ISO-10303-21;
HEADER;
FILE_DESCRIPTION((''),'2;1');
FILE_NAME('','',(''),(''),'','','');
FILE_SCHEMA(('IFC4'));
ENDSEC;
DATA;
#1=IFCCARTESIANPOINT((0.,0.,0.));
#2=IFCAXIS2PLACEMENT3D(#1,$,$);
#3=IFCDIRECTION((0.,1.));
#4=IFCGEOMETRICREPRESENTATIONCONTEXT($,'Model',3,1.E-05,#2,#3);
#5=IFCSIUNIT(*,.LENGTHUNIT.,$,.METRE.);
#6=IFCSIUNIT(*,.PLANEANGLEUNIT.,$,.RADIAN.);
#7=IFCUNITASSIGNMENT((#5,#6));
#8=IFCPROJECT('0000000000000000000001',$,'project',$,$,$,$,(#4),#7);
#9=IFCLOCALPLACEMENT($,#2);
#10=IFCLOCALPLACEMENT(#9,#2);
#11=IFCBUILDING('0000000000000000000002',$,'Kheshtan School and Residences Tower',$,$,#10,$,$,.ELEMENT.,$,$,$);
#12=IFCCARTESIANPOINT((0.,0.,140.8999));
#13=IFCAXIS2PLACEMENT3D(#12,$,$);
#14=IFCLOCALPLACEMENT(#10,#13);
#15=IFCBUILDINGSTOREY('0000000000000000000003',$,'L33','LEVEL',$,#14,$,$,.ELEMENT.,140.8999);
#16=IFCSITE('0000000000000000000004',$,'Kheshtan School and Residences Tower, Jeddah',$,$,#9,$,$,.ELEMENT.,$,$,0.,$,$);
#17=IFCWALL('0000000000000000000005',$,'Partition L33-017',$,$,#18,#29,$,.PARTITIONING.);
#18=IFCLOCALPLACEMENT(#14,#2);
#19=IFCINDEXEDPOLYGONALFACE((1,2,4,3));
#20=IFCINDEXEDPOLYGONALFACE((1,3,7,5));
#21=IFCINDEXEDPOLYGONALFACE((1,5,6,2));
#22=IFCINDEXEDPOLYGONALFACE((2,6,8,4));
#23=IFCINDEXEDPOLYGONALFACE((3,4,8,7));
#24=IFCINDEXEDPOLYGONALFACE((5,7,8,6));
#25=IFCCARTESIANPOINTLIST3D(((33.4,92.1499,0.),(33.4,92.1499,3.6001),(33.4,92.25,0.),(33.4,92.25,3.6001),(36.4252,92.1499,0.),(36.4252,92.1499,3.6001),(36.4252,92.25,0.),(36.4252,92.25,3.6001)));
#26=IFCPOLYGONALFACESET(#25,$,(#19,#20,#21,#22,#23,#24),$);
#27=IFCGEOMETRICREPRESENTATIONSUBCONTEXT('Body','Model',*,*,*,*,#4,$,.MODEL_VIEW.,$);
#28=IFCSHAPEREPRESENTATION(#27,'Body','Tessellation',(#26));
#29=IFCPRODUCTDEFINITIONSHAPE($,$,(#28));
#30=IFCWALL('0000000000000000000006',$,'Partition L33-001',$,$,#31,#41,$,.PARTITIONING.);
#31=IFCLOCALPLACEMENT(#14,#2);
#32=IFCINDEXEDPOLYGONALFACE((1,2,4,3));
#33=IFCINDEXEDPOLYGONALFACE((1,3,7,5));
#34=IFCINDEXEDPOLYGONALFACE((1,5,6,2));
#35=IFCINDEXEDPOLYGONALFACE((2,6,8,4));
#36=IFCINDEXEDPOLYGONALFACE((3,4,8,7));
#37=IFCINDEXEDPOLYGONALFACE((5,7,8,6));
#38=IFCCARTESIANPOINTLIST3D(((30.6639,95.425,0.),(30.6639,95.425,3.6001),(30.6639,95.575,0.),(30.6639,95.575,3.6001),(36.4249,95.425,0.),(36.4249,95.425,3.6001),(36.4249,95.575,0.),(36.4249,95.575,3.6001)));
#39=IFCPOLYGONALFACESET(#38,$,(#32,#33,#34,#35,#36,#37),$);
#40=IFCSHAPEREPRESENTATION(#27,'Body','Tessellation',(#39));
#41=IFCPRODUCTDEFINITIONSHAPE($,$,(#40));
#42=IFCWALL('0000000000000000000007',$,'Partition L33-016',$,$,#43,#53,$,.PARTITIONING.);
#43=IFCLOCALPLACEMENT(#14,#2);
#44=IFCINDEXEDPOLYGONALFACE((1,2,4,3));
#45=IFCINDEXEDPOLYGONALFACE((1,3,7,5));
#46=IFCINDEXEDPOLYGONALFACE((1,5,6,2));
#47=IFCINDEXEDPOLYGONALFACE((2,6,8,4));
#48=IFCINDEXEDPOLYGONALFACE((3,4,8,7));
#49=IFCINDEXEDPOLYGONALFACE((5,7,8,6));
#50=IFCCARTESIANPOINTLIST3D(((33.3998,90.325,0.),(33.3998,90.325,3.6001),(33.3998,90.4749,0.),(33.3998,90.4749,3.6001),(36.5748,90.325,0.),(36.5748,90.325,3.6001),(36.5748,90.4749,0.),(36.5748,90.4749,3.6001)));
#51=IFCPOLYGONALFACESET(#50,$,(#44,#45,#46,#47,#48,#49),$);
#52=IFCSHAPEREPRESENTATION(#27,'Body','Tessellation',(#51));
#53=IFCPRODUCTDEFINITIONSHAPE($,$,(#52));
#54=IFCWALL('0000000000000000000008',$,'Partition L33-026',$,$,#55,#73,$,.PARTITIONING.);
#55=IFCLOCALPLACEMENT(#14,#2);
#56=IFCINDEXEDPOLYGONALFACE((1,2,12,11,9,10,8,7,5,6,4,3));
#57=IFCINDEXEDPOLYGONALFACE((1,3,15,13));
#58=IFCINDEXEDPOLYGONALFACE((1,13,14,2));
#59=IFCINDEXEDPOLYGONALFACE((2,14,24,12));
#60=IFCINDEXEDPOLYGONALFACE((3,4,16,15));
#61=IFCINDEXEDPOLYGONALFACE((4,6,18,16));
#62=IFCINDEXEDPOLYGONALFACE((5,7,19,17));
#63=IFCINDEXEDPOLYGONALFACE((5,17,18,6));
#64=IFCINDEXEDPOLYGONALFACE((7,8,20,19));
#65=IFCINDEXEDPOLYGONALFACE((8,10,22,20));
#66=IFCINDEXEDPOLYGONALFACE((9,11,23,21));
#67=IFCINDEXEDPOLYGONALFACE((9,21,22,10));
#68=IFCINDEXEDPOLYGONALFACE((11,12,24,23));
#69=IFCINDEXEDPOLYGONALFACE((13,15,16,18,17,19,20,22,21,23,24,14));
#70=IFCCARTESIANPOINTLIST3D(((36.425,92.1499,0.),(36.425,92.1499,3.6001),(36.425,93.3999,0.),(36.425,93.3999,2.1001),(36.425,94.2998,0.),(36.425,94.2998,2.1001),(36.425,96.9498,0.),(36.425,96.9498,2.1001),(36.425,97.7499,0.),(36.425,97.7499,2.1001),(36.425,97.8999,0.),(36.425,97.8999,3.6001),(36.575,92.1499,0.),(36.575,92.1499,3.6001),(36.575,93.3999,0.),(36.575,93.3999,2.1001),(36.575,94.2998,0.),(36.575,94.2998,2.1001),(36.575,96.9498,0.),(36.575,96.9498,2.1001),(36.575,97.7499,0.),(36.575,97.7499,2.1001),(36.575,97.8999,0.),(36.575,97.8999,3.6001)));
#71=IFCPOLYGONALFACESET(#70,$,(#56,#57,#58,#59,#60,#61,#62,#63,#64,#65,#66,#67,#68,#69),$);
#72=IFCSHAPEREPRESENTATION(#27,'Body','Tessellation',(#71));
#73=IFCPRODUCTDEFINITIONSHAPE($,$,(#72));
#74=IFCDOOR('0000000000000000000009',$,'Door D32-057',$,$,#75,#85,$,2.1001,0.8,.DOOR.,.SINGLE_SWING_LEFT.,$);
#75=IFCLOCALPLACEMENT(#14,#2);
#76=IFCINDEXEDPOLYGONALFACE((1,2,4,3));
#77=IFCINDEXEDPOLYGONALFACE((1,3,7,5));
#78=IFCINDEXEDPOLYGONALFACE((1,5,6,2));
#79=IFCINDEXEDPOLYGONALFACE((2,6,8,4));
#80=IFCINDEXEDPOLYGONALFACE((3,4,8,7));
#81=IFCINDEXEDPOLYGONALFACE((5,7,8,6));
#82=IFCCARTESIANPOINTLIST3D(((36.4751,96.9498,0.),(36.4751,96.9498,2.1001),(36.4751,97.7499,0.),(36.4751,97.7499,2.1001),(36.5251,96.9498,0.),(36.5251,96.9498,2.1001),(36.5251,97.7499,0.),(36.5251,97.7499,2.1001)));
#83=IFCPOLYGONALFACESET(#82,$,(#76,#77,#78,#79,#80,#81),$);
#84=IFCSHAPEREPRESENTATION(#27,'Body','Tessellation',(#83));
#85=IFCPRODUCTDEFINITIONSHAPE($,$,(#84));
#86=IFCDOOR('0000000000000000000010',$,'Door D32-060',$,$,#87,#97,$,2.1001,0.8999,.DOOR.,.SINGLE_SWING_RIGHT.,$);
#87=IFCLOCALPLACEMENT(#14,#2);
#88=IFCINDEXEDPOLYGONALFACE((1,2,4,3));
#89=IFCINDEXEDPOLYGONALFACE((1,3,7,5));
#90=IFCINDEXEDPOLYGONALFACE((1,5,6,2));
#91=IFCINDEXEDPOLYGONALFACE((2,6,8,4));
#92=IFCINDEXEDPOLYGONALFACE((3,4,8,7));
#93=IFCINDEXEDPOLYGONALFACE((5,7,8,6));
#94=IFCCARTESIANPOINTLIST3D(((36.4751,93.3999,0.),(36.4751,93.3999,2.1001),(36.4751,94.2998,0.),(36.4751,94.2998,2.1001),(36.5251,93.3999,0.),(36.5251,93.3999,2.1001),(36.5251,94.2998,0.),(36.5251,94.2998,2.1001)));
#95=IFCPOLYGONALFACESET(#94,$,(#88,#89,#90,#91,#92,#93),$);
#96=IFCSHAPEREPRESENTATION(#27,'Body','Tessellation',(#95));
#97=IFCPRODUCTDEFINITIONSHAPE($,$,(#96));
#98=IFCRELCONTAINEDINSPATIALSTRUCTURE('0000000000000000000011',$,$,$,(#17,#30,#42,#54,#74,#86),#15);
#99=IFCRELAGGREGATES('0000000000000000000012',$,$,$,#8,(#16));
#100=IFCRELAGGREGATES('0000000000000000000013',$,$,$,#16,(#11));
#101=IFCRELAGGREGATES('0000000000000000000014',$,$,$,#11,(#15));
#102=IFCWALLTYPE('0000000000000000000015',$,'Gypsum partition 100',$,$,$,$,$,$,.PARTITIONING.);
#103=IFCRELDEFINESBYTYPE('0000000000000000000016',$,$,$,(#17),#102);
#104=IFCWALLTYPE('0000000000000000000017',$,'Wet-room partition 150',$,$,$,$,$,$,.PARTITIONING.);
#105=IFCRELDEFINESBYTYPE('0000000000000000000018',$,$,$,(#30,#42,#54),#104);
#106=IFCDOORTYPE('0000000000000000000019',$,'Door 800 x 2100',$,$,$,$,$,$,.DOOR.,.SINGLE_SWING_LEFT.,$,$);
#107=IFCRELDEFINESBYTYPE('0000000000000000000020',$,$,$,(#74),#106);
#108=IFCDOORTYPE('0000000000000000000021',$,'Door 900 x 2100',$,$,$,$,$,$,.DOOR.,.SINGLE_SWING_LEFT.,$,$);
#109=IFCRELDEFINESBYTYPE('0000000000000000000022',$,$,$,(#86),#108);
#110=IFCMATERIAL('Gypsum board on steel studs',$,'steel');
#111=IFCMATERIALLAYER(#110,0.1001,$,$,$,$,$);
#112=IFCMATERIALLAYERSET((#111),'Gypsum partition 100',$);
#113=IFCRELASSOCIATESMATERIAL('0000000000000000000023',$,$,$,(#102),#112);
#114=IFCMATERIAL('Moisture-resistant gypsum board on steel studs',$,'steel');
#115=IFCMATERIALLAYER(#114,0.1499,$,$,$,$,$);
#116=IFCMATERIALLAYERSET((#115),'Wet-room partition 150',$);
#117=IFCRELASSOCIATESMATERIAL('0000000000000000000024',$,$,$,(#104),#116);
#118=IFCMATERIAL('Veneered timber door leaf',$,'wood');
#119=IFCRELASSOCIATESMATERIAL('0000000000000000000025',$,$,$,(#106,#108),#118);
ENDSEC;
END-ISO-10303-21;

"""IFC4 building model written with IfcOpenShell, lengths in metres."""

from ifc_helpers import new_model, si_unit, direction, frame, frame_2d, origin, place, context, subcontext, project, spatial, rectangle, extrude, source, transform, mapped, material, layer, layer_set, type_object, element, fill, save


model = new_model("IFC4")

# Units and contexts
model_context = context("Model", 3, precision=1e-05, world=origin(), true_north=direction((0.0, 1.0)))
body_context = subcontext(model_context, "Body", "Model", "MODEL_VIEW")
ifc_project = project(units=[si_unit("LENGTHUNIT", "METRE"), si_unit("PLANEANGLEUNIT", "RADIAN")], contexts=[model_context])

# Site, building, storey
site_placement = place(None, origin())
site = spatial("IfcSite", under=ifc_project, at=site_placement, Name="Kheshtan School and Residences Tower, Jeddah", CompositionType="ELEMENT", RefElevation=0.0)
building_placement = place(site_placement, origin())
building = spatial("IfcBuilding", under=site, at=building_placement, Name="Kheshtan School and Residences Tower", CompositionType="ELEMENT")
storey_placement = place(building_placement, frame((0.0, 0.0, 140.8999)))
storey = spatial("IfcBuildingStorey", under=building, at=storey_placement, Name="L33", Description="LEVEL", CompositionType="ELEMENT", Elevation=140.8999)

# Walls
ifc_material_1 = material(Name="Gypsum board on steel studs", Category="steel")
ifc_layer_1 = layer(ifc_material_1, 0.1001)
ifc_layer_set_1 = layer_set([ifc_layer_1], Name="Gypsum partition 100")
wall_type_1 = type_object("IfcWallType", Name="Gypsum partition 100", PredefinedType="PARTITIONING", material=ifc_layer_set_1)
wall_1_placement = place(storey_placement, frame((33.3999, 92.2, 0.0), z_axis=(0.0, 0.0, 1.0), x_axis=(1.0, 0.0, 0.0)))
element("IfcWall", 1, at=wall_1_placement, inside=storey, type_object=wall_type_1, Name="Partition L33-017", PredefinedType="PARTITIONING", context=body_context, shape_type="SweptSolid", body=[
    extrude(rectangle(XDim=3.0251, YDim=0.1001, at=frame_2d((1.5127, 0.0))), origin(), (0.0, 0.0, 1.0), 3.6001),
])
ifc_material_2 = material(Name="Moisture-resistant gypsum board on steel studs", Category="steel")
ifc_layer_2 = layer(ifc_material_2, 0.1499)
ifc_layer_set_2 = layer_set([ifc_layer_2], Name="Wet-room partition 150")
wall_type_2 = type_object("IfcWallType", Name="Wet-room partition 150", PredefinedType="PARTITIONING", material=ifc_layer_set_2)
wall_2_placement = place(storey_placement, frame((30.6641, 95.5, 0.0), z_axis=(0.0, 0.0, 1.0), x_axis=(1.0, 0.0, 0.0)))
element("IfcWall", 2, at=wall_2_placement, inside=storey, type_object=wall_type_2, Name="Partition L33-001", PredefinedType="PARTITIONING", context=body_context, shape_type="SweptSolid", body=[
    extrude(rectangle(XDim=5.761, YDim=0.1499, at=frame_2d((2.8804, 0.0))), origin(), (0.0, 0.0, 1.0), 3.6001),
])
wall_3_placement = place(storey_placement, frame((33.3999, 90.3999, 0.0), z_axis=(0.0, 0.0, 1.0), x_axis=(1.0, 0.0, 0.0)))
element("IfcWall", 3, at=wall_3_placement, inside=storey, type_object=wall_type_2, Name="Partition L33-016", PredefinedType="PARTITIONING", context=body_context, shape_type="SweptSolid", body=[
    extrude(rectangle(XDim=3.175, YDim=0.1499, at=frame_2d((1.5874, 0.0))), origin(), (0.0, 0.0, 1.0), 3.6001),
])

# Wall, openings, doors
wall_4_placement = place(storey_placement, frame((36.5, 92.1499, 0.0), z_axis=(0.0, 0.0, 1.0), x_axis=(0.0, 1.0, 0.0)))
wall_4 = element("IfcWall", 4, at=wall_4_placement, inside=storey, type_object=wall_type_2, Name="Partition L33-026", PredefinedType="PARTITIONING", context=body_context, shape_type="SweptSolid", body=[
    extrude(rectangle(XDim=5.75, YDim=0.1499, at=frame_2d((2.875, 0.0))), origin(), (0.0, 0.0, 1.0), 3.6001),
])
opening_1_placement = place(wall_4_placement, frame((4.8, 0.0, 0.0)))
opening_1 = element("IfcOpeningElement", 5, at=opening_1_placement, cuts=wall_4, PredefinedType="OPENING", context=body_context, shape_type="SweptSolid", body=[
    extrude(rectangle(XDim=0.8, YDim=2.1001, at=frame_2d((0.3999, 1.05))), frame((0.0, 0.085, 0.0), z_axis=(0.0, -1.0, 0.0), x_axis=(1.0, 0.0, 0.0)), (0.0, 0.0, 1.0), 0.1699),
])
opening_2_placement = place(wall_4_placement, frame((1.25, 0.0, 0.0)))
opening_2 = element("IfcOpeningElement", 6, at=opening_2_placement, cuts=wall_4, PredefinedType="OPENING", context=body_context, shape_type="SweptSolid", body=[
    extrude(rectangle(XDim=0.8999, YDim=2.1001, at=frame_2d((0.45, 1.05))), frame((0.0, 0.085, 0.0), z_axis=(0.0, -1.0, 0.0), x_axis=(1.0, 0.0, 0.0)), (0.0, 0.0, 1.0), 0.1699),
])
ifc_material_3 = material(Name="Veneered timber door leaf", Category="wood")
door_type_1 = type_object("IfcDoorType", Name="Door 800 x 2100", OperationType="SINGLE_SWING_LEFT", PredefinedType="DOOR", material=ifc_material_3)
shared_shape_1 = source(origin(), body_context, "Body", "SweptSolid", [
    extrude(rectangle(XDim=0.8, YDim=2.1001, at=frame_2d((0.3999, 1.05))), frame((0.0, 0.0249, 0.0), z_axis=(0.0, -1.0, 0.0), x_axis=(1.0, 0.0, 0.0)), (0.0, 0.0, 1.0), 0.05),
])
door_1_placement = place(opening_1_placement, origin())
door_1 = element("IfcDoor", 7, at=door_1_placement, inside=storey, type_object=door_type_1, Name="Door D32-057", OperationType="SINGLE_SWING_LEFT", OverallHeight=2.1001, OverallWidth=0.8, PredefinedType="DOOR", context=body_context, shape_type="MappedRepresentation", body=[
    mapped(shared_shape_1, transform((0.0, 0.0, 0.0), x_axis=(1.0, 0.0, 0.0), y_axis=(0.0, 1.0, 0.0), z_axis=(0.0, 0.0, 1.0), scale=1.0)),
])
fill(opening_1, door_1)
door_type_2 = type_object("IfcDoorType", Name="Door 900 x 2100", OperationType="SINGLE_SWING_LEFT", PredefinedType="DOOR", material=ifc_material_3)
shared_shape_2 = source(origin(), body_context, "Body", "SweptSolid", [
    extrude(rectangle(XDim=0.8999, YDim=2.1001, at=frame_2d((0.45, 1.05))), frame((0.0, 0.0249, 0.0), z_axis=(0.0, -1.0, 0.0), x_axis=(1.0, 0.0, 0.0)), (0.0, 0.0, 1.0), 0.05),
])
door_2_placement = place(opening_2_placement, origin())
door_2 = element("IfcDoor", 8, at=door_2_placement, inside=storey, type_object=door_type_2, Name="Door D32-060", OperationType="SINGLE_SWING_RIGHT", OverallHeight=2.1001, OverallWidth=0.8999, PredefinedType="DOOR", context=body_context, shape_type="MappedRepresentation", body=[
    mapped(shared_shape_2, transform((0.0, 0.0, 0.0), x_axis=(1.0, 0.0, 0.0), y_axis=(0.0, 1.0, 0.0), z_axis=(0.0, 0.0, 1.0), scale=1.0)),
])
fill(opening_2, door_2)

save(model, "model.ifc")
